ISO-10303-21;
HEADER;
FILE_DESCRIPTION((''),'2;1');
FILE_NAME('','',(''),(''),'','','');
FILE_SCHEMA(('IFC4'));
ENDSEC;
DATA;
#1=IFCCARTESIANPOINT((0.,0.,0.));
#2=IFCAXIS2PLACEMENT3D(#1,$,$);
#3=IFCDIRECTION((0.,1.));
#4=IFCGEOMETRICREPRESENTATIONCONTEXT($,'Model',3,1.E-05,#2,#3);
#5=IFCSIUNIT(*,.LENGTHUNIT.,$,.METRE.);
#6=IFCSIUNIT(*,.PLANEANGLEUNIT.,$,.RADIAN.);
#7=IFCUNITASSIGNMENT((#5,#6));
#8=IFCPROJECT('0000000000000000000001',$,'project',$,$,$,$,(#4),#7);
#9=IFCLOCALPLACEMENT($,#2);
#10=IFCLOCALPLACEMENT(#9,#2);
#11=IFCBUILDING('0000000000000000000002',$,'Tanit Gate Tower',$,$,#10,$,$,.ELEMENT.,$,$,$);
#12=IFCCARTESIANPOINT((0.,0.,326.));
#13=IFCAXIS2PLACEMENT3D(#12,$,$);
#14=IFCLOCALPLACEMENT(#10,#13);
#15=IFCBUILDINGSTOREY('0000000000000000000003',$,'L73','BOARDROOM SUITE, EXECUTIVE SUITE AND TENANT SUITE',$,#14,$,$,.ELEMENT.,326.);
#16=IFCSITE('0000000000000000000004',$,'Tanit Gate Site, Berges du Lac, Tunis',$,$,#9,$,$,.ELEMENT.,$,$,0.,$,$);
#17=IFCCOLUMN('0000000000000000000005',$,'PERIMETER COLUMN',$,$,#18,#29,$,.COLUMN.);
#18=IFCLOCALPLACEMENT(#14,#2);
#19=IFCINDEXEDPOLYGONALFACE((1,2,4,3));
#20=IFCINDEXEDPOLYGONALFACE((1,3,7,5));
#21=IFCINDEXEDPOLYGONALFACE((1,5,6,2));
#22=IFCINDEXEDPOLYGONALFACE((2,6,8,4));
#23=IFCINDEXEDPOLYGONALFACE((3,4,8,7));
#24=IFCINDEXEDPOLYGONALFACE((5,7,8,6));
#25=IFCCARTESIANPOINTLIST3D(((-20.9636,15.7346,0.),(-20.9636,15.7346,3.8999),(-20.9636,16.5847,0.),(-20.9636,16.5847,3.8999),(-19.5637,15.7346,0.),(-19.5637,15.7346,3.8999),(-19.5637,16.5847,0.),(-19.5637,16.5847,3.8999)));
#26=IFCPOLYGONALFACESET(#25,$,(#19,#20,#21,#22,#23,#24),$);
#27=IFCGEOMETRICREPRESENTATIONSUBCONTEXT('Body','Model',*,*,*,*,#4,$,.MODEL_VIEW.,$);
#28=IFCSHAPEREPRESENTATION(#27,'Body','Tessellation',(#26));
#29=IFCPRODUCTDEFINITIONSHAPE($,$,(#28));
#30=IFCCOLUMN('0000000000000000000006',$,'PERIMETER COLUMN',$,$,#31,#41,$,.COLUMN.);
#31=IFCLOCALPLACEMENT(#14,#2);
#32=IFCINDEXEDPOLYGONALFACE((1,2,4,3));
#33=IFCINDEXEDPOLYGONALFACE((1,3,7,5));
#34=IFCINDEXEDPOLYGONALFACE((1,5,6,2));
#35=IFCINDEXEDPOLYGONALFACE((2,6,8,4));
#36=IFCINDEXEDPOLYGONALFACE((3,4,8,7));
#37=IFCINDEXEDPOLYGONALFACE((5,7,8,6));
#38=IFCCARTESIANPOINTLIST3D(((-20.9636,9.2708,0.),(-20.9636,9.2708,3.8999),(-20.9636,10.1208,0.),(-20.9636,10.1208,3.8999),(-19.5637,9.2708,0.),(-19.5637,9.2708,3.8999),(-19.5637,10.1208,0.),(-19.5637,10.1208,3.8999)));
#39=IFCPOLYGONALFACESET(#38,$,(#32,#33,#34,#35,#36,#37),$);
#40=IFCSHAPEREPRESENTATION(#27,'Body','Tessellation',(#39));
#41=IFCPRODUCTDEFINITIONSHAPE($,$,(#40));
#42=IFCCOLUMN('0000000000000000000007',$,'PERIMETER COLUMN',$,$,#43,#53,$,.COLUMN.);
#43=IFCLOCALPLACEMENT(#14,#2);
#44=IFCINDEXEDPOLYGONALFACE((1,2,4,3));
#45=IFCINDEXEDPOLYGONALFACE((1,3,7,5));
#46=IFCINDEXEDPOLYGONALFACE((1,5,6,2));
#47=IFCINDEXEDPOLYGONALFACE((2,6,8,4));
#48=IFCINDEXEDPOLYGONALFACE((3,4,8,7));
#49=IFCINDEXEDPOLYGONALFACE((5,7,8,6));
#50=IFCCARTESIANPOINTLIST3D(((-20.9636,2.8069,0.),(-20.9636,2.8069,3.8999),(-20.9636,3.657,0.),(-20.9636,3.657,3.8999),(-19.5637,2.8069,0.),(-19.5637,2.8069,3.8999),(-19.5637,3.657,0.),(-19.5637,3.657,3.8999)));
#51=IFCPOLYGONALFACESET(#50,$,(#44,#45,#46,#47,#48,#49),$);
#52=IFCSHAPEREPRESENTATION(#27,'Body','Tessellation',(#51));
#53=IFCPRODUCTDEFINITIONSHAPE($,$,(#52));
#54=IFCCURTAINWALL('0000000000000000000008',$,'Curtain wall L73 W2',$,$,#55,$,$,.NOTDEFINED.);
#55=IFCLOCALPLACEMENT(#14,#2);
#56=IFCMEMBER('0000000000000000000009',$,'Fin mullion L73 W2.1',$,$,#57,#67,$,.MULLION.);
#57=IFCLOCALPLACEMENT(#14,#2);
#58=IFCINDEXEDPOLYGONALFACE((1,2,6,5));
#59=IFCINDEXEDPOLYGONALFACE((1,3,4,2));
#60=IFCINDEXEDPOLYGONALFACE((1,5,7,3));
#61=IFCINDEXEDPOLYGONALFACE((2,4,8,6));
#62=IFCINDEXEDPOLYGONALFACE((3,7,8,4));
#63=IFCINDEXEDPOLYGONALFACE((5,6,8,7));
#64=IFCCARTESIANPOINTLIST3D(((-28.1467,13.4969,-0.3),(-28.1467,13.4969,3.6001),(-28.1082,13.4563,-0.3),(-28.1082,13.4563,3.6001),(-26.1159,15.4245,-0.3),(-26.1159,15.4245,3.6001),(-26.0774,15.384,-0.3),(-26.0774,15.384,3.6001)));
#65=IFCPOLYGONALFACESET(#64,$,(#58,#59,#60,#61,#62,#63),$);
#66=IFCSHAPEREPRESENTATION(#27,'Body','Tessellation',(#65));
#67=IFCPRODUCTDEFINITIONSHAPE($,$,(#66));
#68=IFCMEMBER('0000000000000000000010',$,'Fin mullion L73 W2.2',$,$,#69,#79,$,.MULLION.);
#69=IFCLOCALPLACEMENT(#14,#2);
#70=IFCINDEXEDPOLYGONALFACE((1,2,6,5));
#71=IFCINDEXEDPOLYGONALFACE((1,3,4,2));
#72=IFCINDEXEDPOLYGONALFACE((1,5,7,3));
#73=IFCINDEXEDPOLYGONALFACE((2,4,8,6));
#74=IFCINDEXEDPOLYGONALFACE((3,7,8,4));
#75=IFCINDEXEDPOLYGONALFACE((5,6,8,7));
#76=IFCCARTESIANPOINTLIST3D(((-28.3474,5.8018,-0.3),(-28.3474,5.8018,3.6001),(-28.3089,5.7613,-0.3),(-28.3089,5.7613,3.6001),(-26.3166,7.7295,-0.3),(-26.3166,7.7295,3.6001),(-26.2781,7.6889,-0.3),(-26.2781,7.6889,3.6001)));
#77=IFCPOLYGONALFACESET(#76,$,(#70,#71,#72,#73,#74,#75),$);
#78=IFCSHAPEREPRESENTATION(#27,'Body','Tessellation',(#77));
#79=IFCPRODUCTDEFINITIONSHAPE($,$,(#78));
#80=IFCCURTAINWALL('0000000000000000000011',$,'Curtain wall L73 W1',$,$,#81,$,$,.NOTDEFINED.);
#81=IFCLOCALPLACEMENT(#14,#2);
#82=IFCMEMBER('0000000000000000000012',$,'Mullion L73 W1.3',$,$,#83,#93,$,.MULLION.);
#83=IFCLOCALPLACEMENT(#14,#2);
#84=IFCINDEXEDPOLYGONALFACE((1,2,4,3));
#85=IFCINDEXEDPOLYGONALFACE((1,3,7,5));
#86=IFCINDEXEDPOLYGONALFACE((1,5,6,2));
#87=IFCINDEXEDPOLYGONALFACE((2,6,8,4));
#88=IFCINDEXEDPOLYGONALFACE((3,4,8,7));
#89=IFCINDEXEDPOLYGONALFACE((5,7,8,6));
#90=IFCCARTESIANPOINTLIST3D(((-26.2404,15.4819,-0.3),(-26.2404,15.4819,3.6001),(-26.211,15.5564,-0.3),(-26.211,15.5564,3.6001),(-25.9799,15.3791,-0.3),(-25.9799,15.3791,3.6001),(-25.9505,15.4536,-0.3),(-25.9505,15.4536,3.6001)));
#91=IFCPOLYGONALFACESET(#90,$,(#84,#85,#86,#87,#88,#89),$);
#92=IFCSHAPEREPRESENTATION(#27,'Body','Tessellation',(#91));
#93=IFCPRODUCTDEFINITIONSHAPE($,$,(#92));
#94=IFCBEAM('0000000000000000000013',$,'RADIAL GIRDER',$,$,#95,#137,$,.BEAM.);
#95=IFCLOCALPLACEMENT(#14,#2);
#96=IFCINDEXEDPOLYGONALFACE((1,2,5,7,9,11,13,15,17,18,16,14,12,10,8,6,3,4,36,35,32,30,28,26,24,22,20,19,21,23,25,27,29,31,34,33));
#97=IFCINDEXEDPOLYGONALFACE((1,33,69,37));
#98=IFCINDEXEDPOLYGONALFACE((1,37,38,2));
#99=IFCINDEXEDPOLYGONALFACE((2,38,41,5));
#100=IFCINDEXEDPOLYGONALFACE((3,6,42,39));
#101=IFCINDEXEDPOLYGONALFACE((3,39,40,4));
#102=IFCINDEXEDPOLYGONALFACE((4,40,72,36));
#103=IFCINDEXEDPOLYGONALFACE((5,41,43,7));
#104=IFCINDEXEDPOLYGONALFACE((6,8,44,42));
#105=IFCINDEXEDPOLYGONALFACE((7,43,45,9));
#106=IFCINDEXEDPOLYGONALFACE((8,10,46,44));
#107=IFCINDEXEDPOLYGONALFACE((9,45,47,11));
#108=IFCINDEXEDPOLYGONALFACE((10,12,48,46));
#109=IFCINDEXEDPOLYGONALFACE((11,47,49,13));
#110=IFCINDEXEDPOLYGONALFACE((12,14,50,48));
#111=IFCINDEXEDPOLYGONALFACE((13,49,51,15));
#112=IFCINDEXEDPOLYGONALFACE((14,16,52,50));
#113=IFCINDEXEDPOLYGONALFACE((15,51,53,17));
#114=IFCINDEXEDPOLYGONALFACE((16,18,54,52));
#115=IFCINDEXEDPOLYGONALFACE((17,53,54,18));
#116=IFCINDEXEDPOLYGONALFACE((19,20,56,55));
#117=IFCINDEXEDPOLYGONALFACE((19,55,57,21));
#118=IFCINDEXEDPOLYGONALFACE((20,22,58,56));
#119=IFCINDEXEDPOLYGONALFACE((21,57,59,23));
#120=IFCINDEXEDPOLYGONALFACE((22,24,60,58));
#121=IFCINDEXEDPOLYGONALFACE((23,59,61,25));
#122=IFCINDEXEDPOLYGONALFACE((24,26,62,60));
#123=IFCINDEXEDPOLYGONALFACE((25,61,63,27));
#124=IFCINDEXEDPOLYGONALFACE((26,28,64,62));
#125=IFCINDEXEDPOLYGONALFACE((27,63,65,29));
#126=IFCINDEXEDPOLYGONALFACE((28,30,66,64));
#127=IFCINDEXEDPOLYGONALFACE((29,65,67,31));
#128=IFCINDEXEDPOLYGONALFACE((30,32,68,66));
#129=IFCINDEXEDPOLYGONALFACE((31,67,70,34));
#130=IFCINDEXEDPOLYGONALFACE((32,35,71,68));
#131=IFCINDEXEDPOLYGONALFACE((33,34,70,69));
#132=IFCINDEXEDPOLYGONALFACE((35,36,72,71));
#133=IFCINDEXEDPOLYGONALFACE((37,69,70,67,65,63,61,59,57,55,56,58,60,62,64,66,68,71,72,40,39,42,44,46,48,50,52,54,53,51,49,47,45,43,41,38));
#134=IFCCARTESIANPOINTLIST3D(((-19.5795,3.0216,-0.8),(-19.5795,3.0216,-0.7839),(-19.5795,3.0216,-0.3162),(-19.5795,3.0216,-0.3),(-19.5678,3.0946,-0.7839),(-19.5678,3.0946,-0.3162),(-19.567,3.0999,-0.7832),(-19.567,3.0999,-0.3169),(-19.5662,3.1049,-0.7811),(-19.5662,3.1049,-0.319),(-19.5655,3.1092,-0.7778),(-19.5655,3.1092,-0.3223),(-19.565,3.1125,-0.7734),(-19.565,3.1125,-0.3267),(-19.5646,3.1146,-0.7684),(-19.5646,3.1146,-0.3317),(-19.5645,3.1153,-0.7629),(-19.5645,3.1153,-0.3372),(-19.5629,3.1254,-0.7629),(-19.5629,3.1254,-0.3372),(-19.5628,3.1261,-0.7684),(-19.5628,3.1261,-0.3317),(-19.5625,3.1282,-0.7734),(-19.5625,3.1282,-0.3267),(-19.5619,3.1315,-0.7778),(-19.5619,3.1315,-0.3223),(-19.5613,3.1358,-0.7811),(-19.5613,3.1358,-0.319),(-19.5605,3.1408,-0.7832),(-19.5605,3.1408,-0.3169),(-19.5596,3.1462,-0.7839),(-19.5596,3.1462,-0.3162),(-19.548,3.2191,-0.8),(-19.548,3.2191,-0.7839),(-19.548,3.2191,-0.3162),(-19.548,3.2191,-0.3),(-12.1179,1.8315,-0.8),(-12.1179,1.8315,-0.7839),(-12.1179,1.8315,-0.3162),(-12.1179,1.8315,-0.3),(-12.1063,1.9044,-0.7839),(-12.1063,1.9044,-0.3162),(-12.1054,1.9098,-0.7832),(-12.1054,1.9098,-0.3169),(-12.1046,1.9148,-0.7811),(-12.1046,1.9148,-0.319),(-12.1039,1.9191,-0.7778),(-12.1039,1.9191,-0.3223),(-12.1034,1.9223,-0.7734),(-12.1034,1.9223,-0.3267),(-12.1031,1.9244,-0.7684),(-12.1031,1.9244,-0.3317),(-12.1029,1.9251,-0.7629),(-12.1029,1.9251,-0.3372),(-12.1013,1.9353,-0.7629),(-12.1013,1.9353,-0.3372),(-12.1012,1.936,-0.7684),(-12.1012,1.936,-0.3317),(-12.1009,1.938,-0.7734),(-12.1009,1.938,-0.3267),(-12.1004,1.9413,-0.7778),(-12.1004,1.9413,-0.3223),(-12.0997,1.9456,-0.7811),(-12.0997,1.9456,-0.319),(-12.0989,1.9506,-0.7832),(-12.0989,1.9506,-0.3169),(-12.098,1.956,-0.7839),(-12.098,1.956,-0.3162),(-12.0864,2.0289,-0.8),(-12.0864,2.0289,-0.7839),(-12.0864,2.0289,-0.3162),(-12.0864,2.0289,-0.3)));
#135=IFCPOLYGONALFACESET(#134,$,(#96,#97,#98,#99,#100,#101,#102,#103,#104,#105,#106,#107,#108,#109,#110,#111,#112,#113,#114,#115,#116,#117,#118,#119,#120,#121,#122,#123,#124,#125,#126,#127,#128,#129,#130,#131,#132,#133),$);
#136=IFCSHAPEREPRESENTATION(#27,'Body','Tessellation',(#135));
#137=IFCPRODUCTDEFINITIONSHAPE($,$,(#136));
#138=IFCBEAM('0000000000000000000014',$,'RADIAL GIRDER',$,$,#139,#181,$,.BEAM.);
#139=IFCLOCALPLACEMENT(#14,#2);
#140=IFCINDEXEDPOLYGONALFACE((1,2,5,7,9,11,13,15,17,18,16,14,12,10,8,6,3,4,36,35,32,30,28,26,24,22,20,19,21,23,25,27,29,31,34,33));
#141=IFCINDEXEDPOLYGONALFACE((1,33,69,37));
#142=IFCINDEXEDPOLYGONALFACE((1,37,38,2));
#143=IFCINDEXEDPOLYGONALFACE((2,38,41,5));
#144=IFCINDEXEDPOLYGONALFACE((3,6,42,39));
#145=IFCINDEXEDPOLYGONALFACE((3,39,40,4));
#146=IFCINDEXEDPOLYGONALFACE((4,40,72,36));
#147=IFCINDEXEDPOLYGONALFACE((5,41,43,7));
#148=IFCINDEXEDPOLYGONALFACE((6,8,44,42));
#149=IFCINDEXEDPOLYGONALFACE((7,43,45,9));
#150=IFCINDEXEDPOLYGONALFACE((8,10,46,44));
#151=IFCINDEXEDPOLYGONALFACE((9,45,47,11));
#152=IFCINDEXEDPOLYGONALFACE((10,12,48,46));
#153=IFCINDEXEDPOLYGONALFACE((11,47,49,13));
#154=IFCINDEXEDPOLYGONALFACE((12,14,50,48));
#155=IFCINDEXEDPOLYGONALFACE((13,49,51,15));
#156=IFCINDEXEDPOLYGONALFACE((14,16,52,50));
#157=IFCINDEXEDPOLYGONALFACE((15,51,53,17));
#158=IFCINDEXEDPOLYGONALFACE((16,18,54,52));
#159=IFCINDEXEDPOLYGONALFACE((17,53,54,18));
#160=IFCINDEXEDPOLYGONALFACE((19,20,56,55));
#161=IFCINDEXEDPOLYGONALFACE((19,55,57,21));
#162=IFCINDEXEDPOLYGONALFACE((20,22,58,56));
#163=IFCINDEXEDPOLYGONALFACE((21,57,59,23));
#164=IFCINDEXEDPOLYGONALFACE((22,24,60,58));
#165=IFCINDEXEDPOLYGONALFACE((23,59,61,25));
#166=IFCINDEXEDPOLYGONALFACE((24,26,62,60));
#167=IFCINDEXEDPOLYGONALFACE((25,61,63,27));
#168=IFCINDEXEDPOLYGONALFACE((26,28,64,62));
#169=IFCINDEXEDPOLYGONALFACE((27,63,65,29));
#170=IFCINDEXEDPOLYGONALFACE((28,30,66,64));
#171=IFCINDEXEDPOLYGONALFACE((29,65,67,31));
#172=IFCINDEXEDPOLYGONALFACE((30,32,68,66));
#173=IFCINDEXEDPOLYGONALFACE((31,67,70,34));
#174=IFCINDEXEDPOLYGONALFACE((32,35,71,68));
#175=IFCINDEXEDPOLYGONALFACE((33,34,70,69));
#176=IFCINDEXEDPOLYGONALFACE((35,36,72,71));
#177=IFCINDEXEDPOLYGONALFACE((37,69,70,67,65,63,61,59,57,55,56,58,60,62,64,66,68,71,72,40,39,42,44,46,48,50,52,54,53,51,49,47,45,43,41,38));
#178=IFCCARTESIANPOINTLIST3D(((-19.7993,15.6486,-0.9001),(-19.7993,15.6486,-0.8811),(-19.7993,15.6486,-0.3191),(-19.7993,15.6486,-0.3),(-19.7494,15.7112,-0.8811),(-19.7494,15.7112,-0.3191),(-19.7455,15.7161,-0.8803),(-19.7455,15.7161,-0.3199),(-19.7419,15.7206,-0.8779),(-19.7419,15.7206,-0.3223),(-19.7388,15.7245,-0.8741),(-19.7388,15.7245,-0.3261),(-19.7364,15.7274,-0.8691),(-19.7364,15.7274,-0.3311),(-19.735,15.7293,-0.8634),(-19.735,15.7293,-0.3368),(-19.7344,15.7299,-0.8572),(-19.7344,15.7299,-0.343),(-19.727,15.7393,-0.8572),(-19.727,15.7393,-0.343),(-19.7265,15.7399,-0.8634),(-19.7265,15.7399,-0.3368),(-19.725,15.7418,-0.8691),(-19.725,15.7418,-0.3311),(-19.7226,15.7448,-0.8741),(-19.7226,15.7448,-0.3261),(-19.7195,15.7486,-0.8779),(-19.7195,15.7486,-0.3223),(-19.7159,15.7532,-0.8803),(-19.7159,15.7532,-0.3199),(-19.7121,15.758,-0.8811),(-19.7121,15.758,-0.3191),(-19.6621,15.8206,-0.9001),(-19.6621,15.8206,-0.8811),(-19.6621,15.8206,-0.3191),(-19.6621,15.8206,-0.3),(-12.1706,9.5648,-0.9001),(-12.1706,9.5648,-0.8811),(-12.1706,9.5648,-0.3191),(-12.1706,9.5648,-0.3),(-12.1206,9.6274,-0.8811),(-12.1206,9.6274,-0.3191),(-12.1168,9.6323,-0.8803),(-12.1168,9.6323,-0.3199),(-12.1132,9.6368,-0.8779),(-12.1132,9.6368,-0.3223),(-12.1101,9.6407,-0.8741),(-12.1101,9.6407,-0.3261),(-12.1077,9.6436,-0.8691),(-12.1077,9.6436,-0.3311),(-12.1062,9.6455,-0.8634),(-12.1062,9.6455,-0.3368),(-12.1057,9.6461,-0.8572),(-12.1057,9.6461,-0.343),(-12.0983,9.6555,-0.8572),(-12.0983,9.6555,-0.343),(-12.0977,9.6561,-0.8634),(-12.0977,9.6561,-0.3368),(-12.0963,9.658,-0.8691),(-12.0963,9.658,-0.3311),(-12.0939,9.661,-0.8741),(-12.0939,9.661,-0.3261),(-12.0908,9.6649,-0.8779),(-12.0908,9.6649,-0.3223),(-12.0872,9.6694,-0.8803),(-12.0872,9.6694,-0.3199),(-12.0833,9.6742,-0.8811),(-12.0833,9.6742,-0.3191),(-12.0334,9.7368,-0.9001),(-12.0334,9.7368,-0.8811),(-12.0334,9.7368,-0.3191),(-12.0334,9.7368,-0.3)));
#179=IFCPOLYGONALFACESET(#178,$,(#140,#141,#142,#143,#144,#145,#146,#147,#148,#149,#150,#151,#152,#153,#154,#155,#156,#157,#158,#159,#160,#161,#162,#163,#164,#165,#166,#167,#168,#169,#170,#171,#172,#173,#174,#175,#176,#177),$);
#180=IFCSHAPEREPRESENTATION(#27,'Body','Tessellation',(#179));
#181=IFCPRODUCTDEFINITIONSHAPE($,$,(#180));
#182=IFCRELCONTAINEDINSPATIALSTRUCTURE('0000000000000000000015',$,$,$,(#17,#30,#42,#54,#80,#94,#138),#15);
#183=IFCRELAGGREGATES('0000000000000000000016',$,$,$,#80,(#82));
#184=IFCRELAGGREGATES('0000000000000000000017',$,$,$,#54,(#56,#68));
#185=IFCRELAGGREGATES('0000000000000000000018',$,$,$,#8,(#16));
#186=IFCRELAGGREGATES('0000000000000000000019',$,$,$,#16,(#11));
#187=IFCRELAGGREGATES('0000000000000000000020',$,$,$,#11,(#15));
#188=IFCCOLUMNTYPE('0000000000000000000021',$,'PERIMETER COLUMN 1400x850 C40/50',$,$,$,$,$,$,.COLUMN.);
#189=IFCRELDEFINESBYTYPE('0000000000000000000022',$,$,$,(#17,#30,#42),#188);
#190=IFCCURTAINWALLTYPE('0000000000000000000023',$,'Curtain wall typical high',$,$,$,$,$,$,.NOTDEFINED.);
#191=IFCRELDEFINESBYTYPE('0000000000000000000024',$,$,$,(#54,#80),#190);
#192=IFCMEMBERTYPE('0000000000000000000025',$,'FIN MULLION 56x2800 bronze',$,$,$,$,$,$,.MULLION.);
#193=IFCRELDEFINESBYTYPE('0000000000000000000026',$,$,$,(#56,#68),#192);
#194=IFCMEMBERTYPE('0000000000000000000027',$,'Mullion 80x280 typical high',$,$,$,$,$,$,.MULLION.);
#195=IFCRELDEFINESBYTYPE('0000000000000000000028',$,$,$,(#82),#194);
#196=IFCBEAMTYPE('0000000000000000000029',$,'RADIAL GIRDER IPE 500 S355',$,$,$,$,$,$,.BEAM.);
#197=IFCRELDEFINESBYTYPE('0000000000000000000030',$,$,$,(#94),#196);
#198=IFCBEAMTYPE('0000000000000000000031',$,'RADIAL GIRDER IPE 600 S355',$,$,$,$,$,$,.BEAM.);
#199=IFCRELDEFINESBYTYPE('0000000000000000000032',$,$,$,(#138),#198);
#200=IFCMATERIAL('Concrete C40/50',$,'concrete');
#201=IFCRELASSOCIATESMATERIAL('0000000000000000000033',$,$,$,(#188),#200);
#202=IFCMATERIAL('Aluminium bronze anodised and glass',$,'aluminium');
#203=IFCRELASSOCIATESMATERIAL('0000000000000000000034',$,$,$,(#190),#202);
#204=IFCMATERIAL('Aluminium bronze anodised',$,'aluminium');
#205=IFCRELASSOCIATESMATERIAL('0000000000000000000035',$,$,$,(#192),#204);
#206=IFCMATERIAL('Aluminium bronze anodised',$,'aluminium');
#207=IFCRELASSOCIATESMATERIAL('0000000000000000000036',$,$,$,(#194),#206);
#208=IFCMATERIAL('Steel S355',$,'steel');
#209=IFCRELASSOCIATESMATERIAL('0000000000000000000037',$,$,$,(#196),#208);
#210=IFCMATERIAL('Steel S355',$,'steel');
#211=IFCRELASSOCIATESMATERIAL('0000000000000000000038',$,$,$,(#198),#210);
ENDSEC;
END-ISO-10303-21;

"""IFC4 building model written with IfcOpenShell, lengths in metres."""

from ifc_helpers import new_model, si_unit, direction, frame, origin, origin_2d, place, context, subcontext, project, spatial, rectangle, i_section, extrude, material, material_profile, profile_set, type_object, element, aggregate, save


model = new_model("IFC4")

# Units and contexts
model_context = context("Model", 3, precision=1e-05, world=origin(), true_north=direction((0.0, 1.0)))
body_context = subcontext(model_context, "Body", "Model", "MODEL_VIEW")
ifc_project = project(units=[si_unit("LENGTHUNIT", "METRE"), si_unit("PLANEANGLEUNIT", "RADIAN")], contexts=[model_context])

# Site, building, storey
site_placement = place(None, origin())
site = spatial("IfcSite", under=ifc_project, at=site_placement, Name="Tanit Gate Site, Berges du Lac, Tunis", CompositionType="ELEMENT", RefElevation=0.0)
building_placement = place(site_placement, origin())
building = spatial("IfcBuilding", under=site, at=building_placement, Name="Tanit Gate Tower", CompositionType="ELEMENT")
storey_placement = place(building_placement, frame((0.0, 0.0, 326.0)))
storey = spatial("IfcBuildingStorey", under=building, at=storey_placement, Name="L73", Description="BOARDROOM SUITE, EXECUTIVE SUITE AND TENANT SUITE", CompositionType="ELEMENT", Elevation=326.0)

# Columns
ifc_material_1 = material(Name="Concrete C40/50", Category="concrete")
ifc_material_profile_1 = material_profile(ifc_material_1, rectangle(XDim=1.3999, YDim=0.8501, at=origin_2d()), Name="RC 1400x850")
ifc_profile_set_1 = profile_set([ifc_material_profile_1], Name="Concrete C40/50")
column_type = type_object("IfcColumnType", Name="PERIMETER COLUMN 1400x850 C40/50", PredefinedType="COLUMN", material=ifc_profile_set_1)
for number, where, z_axis, x_axis, name in (
    (1, (-20.2637, 16.1597, 0.0), (0.0, 0.0, 1.0), (-1.0, 0.0, 0.0), "PERIMETER COLUMN"),
    (2, (-20.2637, 9.6958, 0.0), (0.0, 0.0, 1.0), (-1.0, 0.0, 0.0), "PERIMETER COLUMN"),
    (3, (-20.2637, 3.2319, 0.0), (0.0, 0.0, 1.0), (-1.0, 0.0, 0.0), "PERIMETER COLUMN"),
):
    element("IfcColumn", number, at=place(storey_placement, frame(where, z_axis=z_axis, x_axis=x_axis)), inside=storey, type_object=column_type, Name=name, PredefinedType="COLUMN", context=body_context, shape_type="SweptSolid", body=[
        extrude(rectangle(XDim=1.3999, YDim=0.8501, at=origin_2d()), origin(), (0.0, 0.0, 1.0), 3.8999),
    ])

# Curtain wall, members
ifc_material_2 = material(Name="Aluminium bronze anodised and glass", Category="aluminium")
curtain_wall_type = type_object("IfcCurtainWallType", Name="Curtain wall typical high", PredefinedType="NOTDEFINED", material=ifc_material_2)
curtain_wall_1_placement = place(storey_placement, origin())
curtain_wall_1 = element("IfcCurtainWall", 4, at=curtain_wall_1_placement, inside=storey, type_object=curtain_wall_type, Name="Curtain wall L73 W2", PredefinedType="NOTDEFINED")
ifc_material_3 = material(Name="Aluminium bronze anodised", Category="aluminium")
ifc_material_profile_2 = material_profile(ifc_material_3, rectangle(XDim=2.8, YDim=0.0559, at=origin_2d()), Name="56x2800 bronze fin mullion")
ifc_profile_set_2 = profile_set([ifc_material_profile_2], Name="Aluminium bronze anodised")
member_type_1 = type_object("IfcMemberType", Name="FIN MULLION 56x2800 bronze", PredefinedType="MULLION", material=ifc_profile_set_2)
member_1_placement = place(storey_placement, frame((-27.1121, 14.4404, -0.3), z_axis=(0.0, 0.0, 1.0), x_axis=(0.725296, 0.688438, 0.0)))
member_1 = element("IfcMember", 5, at=member_1_placement, type_object=member_type_1, Name="Fin mullion L73 W2.1", PredefinedType="MULLION", context=body_context, shape_type="SweptSolid", body=[
    extrude(rectangle(XDim=2.8, YDim=0.0559, at=origin_2d()), origin(), (0.0, 0.0, 1.0), 3.9001),
])
member_2_placement = place(storey_placement, frame((-27.3127, 6.7454, -0.3), z_axis=(0.0, 0.0, 1.0), x_axis=(0.725296, 0.688438, 0.0)))
member_2 = element("IfcMember", 6, at=member_2_placement, type_object=member_type_1, Name="Fin mullion L73 W2.2", PredefinedType="MULLION", context=body_context, shape_type="SweptSolid", body=[
    extrude(rectangle(XDim=2.8, YDim=0.0559, at=origin_2d()), origin(), (0.0, 0.0, 1.0), 3.9001),
])

# Curtain wall, member
curtain_wall_2_placement = place(storey_placement, origin())
curtain_wall_2 = element("IfcCurtainWall", 7, at=curtain_wall_2_placement, inside=storey, type_object=curtain_wall_type, Name="Curtain wall L73 W1", PredefinedType="NOTDEFINED")
ifc_material_4 = material(Name="Aluminium bronze anodised", Category="aluminium")
ifc_material_profile_3 = material_profile(ifc_material_4, rectangle(XDim=0.28, YDim=0.0801, at=origin_2d()), Name="80x280 bronze mullion")
ifc_profile_set_3 = profile_set([ifc_material_profile_3], Name="Aluminium bronze anodised")
member_type_2 = type_object("IfcMemberType", Name="Mullion 80x280 typical high", PredefinedType="MULLION", material=ifc_profile_set_3)
member_3_placement = place(storey_placement, frame((-26.0955, 15.4678, -0.3), z_axis=(0.0, 0.0, 1.0), x_axis=(0.930193, -0.36707, 0.0)))
member_3 = element("IfcMember", 8, at=member_3_placement, type_object=member_type_2, Name="Mullion L73 W1.3", PredefinedType="MULLION", context=body_context, shape_type="SweptSolid", body=[
    extrude(rectangle(XDim=0.28, YDim=0.0801, at=origin_2d()), origin(), (0.0, 0.0, 1.0), 3.9001),
])
aggregate(curtain_wall_2, [member_3])

# Beams
ifc_material_5 = material(Name="Steel S355", Category="steel")
ifc_material_profile_4 = material_profile(ifc_material_5, i_section(OverallWidth=0.2, OverallDepth=0.5, WebThickness=0.0103, FlangeThickness=0.0161, FilletRadius=0.021, at=origin_2d()), Name="IPE 500")
ifc_profile_set_4 = profile_set([ifc_material_profile_4], Name="Steel S355")
beam_type_1 = type_object("IfcBeamType", Name="RADIAL GIRDER IPE 500 S355", PredefinedType="BEAM", material=ifc_profile_set_4)
beam_1_placement = place(storey_placement, frame((-19.5637, 3.1204, -0.55), z_axis=(0.987517, -0.157515, 0.0), x_axis=(0.157515, 0.987517, 0.0)))
element("IfcBeam", 9, at=beam_1_placement, inside=storey, type_object=beam_type_1, Name="RADIAL GIRDER", PredefinedType="BEAM", context=body_context, shape_type="SweptSolid", body=[
    extrude(i_section(OverallWidth=0.2, OverallDepth=0.5, WebThickness=0.0103, FlangeThickness=0.0161, FilletRadius=0.021, at=origin_2d()), origin(), (0.0, 0.0, 1.0), 7.5559),
])
ifc_material_6 = material(Name="Steel S355", Category="steel")
ifc_material_profile_5 = material_profile(ifc_material_6, i_section(OverallWidth=0.22, OverallDepth=0.6001, WebThickness=0.012, FlangeThickness=0.019, FilletRadius=0.0239, at=origin_2d()), Name="IPE 600")
ifc_profile_set_5 = profile_set([ifc_material_profile_5], Name="Steel S355")
beam_type_2 = type_object("IfcBeamType", Name="RADIAL GIRDER IPE 600 S355", PredefinedType="BEAM", material=ifc_profile_set_5)
beam_2_placement = place(storey_placement, frame((-19.7307, 15.7346, -0.6001), z_axis=(0.781827, -0.623495, 0.0), x_axis=(0.623495, 0.781827, 0.0)))
element("IfcBeam", 10, at=beam_2_placement, inside=storey, type_object=beam_type_2, Name="RADIAL GIRDER", PredefinedType="BEAM", context=body_context, shape_type="SweptSolid", body=[
    extrude(i_section(OverallWidth=0.22, OverallDepth=0.6001, WebThickness=0.012, FlangeThickness=0.019, FilletRadius=0.0239, at=origin_2d()), origin(), (0.0, 0.0, 1.0), 9.7576),
])

aggregate(curtain_wall_1, [member_1, member_2])

save(model, "model.ifc")
